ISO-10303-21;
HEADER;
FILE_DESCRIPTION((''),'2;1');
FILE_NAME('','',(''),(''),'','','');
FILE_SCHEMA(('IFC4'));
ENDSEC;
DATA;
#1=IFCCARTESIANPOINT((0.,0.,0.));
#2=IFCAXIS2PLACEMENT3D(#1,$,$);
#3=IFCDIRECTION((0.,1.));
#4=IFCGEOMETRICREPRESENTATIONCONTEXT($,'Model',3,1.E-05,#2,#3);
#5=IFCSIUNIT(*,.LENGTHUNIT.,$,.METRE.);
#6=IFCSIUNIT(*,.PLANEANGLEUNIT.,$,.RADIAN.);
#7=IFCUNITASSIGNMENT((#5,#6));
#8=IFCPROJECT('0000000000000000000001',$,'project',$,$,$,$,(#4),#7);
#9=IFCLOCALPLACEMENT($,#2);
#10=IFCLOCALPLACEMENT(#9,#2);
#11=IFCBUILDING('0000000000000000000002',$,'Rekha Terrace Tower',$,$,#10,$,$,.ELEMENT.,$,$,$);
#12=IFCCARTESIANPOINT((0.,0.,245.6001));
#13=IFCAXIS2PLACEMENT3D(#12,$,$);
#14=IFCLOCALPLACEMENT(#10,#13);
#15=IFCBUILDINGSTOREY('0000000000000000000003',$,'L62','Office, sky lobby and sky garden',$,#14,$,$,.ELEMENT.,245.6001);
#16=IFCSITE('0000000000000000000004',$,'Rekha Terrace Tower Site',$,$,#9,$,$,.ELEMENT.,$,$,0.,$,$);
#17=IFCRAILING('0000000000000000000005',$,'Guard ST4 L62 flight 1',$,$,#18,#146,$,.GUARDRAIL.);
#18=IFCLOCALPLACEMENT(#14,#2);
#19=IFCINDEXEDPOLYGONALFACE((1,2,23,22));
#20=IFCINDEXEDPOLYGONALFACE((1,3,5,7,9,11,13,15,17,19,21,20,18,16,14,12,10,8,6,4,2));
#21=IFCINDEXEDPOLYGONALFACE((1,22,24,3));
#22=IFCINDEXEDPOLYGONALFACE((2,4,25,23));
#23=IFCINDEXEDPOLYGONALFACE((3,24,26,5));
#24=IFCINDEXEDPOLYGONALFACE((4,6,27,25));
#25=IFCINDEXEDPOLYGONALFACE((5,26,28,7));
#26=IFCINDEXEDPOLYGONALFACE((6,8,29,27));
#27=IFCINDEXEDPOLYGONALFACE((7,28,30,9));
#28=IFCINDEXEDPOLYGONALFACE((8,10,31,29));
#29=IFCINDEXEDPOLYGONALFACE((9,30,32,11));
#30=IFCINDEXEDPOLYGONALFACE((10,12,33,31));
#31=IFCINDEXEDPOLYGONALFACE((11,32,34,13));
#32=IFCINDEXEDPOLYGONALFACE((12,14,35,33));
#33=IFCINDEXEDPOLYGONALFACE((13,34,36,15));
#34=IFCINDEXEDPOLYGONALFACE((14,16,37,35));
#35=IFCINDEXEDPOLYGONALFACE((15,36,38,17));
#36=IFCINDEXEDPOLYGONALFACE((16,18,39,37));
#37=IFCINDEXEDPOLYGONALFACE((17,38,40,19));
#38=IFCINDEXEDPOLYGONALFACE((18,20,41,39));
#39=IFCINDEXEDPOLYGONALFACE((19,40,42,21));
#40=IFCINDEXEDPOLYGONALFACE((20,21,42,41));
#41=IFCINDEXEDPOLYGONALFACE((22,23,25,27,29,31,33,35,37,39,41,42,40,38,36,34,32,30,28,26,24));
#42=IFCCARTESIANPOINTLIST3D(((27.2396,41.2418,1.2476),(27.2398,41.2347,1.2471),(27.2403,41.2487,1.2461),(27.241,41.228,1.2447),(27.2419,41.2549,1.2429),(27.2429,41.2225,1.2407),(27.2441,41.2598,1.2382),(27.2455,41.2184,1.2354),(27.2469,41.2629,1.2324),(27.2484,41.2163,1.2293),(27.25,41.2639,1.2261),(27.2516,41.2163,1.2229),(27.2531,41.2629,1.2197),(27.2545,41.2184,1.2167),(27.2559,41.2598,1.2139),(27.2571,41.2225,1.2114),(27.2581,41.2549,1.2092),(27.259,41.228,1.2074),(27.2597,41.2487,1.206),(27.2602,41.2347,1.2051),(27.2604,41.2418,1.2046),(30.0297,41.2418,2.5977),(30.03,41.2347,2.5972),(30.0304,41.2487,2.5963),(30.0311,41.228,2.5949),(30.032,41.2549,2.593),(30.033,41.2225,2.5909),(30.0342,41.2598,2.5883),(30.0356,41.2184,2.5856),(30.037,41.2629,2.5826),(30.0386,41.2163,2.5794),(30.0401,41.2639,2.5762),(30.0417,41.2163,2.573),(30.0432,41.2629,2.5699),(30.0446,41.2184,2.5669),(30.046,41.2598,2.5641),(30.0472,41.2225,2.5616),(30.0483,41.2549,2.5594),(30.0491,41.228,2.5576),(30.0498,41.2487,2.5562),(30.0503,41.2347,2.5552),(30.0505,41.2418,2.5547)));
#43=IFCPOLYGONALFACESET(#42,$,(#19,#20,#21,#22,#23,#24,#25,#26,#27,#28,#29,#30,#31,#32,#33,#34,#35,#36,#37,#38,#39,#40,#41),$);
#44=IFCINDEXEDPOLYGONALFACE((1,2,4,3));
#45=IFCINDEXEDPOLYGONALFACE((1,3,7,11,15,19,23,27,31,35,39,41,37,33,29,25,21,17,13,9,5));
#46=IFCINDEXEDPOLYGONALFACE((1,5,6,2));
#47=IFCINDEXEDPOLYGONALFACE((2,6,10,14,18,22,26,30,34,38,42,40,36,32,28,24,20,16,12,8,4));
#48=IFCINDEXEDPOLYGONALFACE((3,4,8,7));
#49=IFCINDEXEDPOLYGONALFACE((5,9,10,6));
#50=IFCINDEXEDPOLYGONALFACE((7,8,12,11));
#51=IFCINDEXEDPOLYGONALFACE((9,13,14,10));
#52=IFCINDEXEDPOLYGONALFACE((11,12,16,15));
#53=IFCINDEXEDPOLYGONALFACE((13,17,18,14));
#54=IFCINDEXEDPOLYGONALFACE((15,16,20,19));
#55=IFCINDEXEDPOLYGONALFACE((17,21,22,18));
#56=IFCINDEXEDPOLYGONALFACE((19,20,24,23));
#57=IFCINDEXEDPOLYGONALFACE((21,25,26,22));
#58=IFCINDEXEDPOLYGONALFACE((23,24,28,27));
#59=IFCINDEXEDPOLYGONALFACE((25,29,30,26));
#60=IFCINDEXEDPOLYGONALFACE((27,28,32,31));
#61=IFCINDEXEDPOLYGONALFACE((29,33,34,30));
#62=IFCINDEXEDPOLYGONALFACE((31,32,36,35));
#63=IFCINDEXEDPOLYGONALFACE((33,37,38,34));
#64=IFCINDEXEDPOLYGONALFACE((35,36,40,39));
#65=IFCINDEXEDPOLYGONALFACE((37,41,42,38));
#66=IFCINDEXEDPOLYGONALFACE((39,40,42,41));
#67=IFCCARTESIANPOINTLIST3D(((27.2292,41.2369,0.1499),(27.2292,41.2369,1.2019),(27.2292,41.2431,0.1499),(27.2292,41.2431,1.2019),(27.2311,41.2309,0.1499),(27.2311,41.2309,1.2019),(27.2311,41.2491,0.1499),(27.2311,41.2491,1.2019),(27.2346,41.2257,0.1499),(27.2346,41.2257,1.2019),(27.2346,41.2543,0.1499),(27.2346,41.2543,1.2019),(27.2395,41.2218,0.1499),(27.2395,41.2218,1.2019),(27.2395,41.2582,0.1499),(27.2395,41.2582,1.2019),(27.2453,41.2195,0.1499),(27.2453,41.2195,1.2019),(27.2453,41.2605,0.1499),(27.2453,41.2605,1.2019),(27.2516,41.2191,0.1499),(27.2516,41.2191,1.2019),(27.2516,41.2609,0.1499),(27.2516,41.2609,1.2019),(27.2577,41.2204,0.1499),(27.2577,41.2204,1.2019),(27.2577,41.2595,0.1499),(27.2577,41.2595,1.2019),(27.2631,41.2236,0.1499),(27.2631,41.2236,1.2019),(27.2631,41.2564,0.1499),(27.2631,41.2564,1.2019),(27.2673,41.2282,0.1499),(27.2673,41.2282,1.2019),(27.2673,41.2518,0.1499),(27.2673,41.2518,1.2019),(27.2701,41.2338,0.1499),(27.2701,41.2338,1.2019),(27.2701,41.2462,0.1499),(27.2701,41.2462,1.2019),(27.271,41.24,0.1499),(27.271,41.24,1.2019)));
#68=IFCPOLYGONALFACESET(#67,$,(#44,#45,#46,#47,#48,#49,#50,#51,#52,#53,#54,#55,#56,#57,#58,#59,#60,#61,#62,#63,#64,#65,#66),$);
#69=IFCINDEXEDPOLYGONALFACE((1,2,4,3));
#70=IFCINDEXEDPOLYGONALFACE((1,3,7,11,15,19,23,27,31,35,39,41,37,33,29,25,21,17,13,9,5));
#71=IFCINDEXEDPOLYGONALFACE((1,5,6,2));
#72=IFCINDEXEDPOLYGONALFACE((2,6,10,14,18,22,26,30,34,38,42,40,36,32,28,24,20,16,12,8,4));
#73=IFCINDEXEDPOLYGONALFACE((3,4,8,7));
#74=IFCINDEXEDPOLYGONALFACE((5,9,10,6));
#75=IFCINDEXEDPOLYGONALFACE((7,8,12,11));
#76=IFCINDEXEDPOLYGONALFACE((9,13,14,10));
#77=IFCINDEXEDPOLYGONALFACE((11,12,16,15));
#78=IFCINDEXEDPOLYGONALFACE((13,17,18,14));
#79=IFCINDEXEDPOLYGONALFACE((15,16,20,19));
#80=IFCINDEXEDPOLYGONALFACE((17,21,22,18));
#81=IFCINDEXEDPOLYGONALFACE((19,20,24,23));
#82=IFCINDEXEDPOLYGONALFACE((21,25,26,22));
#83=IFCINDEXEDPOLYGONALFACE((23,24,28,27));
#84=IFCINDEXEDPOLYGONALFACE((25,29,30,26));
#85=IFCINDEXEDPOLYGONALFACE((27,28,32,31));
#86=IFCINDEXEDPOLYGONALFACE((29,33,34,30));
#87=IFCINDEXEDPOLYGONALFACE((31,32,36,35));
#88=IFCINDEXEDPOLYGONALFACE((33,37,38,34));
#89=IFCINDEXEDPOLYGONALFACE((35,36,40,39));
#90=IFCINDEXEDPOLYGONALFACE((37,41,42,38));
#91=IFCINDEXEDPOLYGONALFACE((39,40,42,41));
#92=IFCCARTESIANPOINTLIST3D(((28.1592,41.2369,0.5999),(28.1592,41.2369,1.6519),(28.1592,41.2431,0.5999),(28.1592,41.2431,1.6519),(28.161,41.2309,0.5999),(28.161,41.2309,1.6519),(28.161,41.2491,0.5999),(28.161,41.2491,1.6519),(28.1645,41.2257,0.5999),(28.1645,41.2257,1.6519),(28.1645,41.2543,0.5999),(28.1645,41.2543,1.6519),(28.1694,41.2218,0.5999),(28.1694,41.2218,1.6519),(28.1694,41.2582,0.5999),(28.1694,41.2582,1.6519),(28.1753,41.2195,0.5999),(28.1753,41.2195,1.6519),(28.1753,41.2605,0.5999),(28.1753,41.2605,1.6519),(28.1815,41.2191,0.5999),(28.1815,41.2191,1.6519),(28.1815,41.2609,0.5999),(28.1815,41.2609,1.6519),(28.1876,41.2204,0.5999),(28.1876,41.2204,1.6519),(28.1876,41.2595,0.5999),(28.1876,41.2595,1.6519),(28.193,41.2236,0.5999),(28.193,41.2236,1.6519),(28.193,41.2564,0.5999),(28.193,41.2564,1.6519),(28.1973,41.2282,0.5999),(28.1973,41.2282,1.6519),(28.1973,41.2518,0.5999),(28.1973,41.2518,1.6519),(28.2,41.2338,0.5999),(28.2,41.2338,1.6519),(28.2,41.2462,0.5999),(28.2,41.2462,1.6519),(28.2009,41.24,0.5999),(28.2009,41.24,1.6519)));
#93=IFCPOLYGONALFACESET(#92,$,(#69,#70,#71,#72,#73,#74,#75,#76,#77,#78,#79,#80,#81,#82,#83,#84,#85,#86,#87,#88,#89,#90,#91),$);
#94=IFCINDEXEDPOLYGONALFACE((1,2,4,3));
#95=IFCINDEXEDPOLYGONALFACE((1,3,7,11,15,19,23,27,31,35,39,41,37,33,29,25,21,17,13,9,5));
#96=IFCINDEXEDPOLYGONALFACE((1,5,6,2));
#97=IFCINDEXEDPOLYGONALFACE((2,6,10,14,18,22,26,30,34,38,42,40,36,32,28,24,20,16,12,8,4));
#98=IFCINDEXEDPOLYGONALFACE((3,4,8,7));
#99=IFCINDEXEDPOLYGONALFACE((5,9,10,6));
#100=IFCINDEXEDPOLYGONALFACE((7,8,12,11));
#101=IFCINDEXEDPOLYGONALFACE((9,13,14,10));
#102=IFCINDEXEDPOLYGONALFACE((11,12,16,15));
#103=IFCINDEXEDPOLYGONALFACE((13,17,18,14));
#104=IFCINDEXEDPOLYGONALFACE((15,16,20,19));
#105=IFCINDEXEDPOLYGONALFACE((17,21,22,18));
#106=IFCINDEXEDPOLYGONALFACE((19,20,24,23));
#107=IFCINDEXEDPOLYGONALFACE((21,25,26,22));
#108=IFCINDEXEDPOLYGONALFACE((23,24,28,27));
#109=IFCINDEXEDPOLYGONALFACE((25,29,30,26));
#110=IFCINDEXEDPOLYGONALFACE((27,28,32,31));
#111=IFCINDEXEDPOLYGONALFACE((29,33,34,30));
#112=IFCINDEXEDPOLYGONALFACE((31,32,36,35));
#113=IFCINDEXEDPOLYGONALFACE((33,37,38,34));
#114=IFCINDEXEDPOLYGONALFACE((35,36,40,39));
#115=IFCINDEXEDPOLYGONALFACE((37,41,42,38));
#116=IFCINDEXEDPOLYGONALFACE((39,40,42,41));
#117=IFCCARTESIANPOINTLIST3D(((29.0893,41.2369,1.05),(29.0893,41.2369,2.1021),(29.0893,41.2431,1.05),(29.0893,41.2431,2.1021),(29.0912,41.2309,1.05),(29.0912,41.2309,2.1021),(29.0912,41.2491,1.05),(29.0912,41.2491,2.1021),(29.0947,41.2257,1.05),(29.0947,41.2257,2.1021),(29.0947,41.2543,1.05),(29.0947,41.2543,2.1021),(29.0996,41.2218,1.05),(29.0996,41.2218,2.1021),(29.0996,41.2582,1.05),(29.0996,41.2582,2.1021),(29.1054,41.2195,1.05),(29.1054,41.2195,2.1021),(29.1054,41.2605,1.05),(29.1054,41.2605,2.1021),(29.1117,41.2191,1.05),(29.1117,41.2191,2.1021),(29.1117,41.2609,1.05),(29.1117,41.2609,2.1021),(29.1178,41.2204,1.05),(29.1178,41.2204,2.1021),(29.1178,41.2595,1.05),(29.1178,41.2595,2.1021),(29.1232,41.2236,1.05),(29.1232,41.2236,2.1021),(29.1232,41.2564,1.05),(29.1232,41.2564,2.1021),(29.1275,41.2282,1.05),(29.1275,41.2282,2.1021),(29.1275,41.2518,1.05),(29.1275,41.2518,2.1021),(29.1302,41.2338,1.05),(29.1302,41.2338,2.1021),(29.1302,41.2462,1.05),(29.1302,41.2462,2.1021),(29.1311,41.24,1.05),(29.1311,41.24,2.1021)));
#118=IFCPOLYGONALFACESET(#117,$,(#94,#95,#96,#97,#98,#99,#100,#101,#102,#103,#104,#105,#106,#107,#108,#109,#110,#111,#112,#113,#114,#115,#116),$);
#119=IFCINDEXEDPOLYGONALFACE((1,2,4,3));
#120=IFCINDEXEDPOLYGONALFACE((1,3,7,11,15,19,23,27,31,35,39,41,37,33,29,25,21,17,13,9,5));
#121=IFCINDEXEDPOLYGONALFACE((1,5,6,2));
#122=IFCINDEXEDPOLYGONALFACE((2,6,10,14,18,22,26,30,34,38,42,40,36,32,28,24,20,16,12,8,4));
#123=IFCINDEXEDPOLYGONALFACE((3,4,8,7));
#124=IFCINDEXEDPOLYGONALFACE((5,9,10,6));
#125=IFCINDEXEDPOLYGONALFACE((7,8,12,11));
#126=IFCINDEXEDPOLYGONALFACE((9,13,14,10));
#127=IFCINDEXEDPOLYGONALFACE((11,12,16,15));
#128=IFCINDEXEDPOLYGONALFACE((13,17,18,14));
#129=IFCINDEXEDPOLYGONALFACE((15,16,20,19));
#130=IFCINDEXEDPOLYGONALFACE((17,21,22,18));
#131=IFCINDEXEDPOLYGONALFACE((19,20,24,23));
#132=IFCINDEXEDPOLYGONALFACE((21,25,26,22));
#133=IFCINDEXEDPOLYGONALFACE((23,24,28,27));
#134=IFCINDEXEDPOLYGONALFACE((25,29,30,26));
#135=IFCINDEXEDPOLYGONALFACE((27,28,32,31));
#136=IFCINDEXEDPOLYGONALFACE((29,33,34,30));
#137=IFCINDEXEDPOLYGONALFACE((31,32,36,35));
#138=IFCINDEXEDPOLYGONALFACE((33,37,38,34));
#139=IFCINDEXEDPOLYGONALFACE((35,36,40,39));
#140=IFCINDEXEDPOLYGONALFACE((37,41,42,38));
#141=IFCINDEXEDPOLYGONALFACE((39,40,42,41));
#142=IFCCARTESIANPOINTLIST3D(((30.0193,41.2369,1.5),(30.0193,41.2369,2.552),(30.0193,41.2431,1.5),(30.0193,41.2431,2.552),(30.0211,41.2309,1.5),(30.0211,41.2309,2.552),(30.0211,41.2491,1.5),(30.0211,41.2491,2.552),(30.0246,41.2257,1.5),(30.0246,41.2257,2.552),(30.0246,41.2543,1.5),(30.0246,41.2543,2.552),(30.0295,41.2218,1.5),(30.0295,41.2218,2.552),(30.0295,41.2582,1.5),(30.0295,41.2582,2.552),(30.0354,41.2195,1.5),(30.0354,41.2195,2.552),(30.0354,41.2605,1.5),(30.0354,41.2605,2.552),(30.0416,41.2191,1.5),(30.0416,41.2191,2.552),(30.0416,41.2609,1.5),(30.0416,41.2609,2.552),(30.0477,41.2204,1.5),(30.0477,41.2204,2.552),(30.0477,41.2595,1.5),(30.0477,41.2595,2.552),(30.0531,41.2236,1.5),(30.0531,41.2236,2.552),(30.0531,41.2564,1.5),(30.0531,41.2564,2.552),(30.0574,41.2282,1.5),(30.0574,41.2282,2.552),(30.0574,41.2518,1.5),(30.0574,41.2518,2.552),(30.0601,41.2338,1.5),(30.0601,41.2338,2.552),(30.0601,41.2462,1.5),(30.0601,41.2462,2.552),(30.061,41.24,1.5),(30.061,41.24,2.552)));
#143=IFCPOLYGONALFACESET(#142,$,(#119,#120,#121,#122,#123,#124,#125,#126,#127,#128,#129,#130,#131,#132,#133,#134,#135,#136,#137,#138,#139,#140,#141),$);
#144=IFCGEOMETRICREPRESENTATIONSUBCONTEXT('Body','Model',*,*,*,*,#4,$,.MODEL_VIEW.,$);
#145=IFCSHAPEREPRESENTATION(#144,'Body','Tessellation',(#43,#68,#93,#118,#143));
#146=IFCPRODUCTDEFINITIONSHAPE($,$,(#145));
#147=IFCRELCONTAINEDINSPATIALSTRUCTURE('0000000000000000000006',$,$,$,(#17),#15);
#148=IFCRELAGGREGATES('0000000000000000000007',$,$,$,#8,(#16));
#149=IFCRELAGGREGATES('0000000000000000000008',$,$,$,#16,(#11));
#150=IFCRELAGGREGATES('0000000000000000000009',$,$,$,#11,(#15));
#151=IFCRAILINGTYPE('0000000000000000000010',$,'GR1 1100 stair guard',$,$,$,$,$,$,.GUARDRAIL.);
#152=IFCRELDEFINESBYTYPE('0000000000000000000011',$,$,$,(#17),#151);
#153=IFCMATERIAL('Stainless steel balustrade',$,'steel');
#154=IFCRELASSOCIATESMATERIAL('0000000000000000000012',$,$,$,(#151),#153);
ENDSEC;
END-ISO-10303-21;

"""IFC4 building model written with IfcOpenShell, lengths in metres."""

from ifc_helpers import new_model, si_unit, direction, frame, origin, origin_2d, place, context, subcontext, project, spatial, circle, extrude, material, type_object, element, save


model = new_model("IFC4")

# Units and contexts
model_context = context("Model", 3, precision=1e-05, world=origin(), true_north=direction((0.0, 1.0)))
body_context = subcontext(model_context, "Body", "Model", "MODEL_VIEW")
ifc_project = project(units=[si_unit("LENGTHUNIT", "METRE"), si_unit("PLANEANGLEUNIT", "RADIAN")], contexts=[model_context])

# Site, building, storey
site_placement = place(None, origin())
site = spatial("IfcSite", under=ifc_project, at=site_placement, Name="Rekha Terrace Tower Site", CompositionType="ELEMENT", RefElevation=0.0)
building_placement = place(site_placement, origin())
building = spatial("IfcBuilding", under=site, at=building_placement, Name="Rekha Terrace Tower", CompositionType="ELEMENT")
storey_placement = place(building_placement, frame((0.0, 0.0, 245.6001)))
storey = spatial("IfcBuildingStorey", under=building, at=storey_placement, Name="L62", Description="Office, sky lobby and sky garden", CompositionType="ELEMENT", Elevation=245.6001)

# Railing
ifc_material_1 = material(Name="Stainless steel balustrade", Category="steel")
railing_type_1 = type_object("IfcRailingType", Name="GR1 1100 stair guard", PredefinedType="GUARDRAIL", material=ifc_material_1)
railing_1_placement = place(storey_placement, frame((27.25, 41.24, 0.1499)))
element("IfcRailing", 1, at=railing_1_placement, inside=storey, type_object=railing_type_1, Name="Guard ST4 L62 flight 1", PredefinedType="GUARDRAIL", context=body_context, shape_type="SweptSolid", body=[
    extrude(circle(Radius=0.0239, at=origin_2d()), frame((0.0, 0.0, 1.0762), z_axis=(0.900149, 0.0, 0.435582), x_axis=(0.0, 1.0, 0.0)), (0.0, 0.0, 1.0), 3.0996),
    extrude(circle(Radius=0.021, at=origin_2d()), origin(), (0.0, 0.0, 1.0), 1.052),
    extrude(circle(Radius=0.021, at=origin_2d()), frame((0.9299, 0.0, 0.45)), (0.0, 0.0, 1.0), 1.052),
    extrude(circle(Radius=0.021, at=origin_2d()), frame((1.8601, 0.0, 0.9001)), (0.0, 0.0, 1.0), 1.052),
    extrude(circle(Radius=0.021, at=origin_2d()), frame((2.79, 0.0, 1.3501)), (0.0, 0.0, 1.0), 1.052),
])

save(model, "model.ifc")
